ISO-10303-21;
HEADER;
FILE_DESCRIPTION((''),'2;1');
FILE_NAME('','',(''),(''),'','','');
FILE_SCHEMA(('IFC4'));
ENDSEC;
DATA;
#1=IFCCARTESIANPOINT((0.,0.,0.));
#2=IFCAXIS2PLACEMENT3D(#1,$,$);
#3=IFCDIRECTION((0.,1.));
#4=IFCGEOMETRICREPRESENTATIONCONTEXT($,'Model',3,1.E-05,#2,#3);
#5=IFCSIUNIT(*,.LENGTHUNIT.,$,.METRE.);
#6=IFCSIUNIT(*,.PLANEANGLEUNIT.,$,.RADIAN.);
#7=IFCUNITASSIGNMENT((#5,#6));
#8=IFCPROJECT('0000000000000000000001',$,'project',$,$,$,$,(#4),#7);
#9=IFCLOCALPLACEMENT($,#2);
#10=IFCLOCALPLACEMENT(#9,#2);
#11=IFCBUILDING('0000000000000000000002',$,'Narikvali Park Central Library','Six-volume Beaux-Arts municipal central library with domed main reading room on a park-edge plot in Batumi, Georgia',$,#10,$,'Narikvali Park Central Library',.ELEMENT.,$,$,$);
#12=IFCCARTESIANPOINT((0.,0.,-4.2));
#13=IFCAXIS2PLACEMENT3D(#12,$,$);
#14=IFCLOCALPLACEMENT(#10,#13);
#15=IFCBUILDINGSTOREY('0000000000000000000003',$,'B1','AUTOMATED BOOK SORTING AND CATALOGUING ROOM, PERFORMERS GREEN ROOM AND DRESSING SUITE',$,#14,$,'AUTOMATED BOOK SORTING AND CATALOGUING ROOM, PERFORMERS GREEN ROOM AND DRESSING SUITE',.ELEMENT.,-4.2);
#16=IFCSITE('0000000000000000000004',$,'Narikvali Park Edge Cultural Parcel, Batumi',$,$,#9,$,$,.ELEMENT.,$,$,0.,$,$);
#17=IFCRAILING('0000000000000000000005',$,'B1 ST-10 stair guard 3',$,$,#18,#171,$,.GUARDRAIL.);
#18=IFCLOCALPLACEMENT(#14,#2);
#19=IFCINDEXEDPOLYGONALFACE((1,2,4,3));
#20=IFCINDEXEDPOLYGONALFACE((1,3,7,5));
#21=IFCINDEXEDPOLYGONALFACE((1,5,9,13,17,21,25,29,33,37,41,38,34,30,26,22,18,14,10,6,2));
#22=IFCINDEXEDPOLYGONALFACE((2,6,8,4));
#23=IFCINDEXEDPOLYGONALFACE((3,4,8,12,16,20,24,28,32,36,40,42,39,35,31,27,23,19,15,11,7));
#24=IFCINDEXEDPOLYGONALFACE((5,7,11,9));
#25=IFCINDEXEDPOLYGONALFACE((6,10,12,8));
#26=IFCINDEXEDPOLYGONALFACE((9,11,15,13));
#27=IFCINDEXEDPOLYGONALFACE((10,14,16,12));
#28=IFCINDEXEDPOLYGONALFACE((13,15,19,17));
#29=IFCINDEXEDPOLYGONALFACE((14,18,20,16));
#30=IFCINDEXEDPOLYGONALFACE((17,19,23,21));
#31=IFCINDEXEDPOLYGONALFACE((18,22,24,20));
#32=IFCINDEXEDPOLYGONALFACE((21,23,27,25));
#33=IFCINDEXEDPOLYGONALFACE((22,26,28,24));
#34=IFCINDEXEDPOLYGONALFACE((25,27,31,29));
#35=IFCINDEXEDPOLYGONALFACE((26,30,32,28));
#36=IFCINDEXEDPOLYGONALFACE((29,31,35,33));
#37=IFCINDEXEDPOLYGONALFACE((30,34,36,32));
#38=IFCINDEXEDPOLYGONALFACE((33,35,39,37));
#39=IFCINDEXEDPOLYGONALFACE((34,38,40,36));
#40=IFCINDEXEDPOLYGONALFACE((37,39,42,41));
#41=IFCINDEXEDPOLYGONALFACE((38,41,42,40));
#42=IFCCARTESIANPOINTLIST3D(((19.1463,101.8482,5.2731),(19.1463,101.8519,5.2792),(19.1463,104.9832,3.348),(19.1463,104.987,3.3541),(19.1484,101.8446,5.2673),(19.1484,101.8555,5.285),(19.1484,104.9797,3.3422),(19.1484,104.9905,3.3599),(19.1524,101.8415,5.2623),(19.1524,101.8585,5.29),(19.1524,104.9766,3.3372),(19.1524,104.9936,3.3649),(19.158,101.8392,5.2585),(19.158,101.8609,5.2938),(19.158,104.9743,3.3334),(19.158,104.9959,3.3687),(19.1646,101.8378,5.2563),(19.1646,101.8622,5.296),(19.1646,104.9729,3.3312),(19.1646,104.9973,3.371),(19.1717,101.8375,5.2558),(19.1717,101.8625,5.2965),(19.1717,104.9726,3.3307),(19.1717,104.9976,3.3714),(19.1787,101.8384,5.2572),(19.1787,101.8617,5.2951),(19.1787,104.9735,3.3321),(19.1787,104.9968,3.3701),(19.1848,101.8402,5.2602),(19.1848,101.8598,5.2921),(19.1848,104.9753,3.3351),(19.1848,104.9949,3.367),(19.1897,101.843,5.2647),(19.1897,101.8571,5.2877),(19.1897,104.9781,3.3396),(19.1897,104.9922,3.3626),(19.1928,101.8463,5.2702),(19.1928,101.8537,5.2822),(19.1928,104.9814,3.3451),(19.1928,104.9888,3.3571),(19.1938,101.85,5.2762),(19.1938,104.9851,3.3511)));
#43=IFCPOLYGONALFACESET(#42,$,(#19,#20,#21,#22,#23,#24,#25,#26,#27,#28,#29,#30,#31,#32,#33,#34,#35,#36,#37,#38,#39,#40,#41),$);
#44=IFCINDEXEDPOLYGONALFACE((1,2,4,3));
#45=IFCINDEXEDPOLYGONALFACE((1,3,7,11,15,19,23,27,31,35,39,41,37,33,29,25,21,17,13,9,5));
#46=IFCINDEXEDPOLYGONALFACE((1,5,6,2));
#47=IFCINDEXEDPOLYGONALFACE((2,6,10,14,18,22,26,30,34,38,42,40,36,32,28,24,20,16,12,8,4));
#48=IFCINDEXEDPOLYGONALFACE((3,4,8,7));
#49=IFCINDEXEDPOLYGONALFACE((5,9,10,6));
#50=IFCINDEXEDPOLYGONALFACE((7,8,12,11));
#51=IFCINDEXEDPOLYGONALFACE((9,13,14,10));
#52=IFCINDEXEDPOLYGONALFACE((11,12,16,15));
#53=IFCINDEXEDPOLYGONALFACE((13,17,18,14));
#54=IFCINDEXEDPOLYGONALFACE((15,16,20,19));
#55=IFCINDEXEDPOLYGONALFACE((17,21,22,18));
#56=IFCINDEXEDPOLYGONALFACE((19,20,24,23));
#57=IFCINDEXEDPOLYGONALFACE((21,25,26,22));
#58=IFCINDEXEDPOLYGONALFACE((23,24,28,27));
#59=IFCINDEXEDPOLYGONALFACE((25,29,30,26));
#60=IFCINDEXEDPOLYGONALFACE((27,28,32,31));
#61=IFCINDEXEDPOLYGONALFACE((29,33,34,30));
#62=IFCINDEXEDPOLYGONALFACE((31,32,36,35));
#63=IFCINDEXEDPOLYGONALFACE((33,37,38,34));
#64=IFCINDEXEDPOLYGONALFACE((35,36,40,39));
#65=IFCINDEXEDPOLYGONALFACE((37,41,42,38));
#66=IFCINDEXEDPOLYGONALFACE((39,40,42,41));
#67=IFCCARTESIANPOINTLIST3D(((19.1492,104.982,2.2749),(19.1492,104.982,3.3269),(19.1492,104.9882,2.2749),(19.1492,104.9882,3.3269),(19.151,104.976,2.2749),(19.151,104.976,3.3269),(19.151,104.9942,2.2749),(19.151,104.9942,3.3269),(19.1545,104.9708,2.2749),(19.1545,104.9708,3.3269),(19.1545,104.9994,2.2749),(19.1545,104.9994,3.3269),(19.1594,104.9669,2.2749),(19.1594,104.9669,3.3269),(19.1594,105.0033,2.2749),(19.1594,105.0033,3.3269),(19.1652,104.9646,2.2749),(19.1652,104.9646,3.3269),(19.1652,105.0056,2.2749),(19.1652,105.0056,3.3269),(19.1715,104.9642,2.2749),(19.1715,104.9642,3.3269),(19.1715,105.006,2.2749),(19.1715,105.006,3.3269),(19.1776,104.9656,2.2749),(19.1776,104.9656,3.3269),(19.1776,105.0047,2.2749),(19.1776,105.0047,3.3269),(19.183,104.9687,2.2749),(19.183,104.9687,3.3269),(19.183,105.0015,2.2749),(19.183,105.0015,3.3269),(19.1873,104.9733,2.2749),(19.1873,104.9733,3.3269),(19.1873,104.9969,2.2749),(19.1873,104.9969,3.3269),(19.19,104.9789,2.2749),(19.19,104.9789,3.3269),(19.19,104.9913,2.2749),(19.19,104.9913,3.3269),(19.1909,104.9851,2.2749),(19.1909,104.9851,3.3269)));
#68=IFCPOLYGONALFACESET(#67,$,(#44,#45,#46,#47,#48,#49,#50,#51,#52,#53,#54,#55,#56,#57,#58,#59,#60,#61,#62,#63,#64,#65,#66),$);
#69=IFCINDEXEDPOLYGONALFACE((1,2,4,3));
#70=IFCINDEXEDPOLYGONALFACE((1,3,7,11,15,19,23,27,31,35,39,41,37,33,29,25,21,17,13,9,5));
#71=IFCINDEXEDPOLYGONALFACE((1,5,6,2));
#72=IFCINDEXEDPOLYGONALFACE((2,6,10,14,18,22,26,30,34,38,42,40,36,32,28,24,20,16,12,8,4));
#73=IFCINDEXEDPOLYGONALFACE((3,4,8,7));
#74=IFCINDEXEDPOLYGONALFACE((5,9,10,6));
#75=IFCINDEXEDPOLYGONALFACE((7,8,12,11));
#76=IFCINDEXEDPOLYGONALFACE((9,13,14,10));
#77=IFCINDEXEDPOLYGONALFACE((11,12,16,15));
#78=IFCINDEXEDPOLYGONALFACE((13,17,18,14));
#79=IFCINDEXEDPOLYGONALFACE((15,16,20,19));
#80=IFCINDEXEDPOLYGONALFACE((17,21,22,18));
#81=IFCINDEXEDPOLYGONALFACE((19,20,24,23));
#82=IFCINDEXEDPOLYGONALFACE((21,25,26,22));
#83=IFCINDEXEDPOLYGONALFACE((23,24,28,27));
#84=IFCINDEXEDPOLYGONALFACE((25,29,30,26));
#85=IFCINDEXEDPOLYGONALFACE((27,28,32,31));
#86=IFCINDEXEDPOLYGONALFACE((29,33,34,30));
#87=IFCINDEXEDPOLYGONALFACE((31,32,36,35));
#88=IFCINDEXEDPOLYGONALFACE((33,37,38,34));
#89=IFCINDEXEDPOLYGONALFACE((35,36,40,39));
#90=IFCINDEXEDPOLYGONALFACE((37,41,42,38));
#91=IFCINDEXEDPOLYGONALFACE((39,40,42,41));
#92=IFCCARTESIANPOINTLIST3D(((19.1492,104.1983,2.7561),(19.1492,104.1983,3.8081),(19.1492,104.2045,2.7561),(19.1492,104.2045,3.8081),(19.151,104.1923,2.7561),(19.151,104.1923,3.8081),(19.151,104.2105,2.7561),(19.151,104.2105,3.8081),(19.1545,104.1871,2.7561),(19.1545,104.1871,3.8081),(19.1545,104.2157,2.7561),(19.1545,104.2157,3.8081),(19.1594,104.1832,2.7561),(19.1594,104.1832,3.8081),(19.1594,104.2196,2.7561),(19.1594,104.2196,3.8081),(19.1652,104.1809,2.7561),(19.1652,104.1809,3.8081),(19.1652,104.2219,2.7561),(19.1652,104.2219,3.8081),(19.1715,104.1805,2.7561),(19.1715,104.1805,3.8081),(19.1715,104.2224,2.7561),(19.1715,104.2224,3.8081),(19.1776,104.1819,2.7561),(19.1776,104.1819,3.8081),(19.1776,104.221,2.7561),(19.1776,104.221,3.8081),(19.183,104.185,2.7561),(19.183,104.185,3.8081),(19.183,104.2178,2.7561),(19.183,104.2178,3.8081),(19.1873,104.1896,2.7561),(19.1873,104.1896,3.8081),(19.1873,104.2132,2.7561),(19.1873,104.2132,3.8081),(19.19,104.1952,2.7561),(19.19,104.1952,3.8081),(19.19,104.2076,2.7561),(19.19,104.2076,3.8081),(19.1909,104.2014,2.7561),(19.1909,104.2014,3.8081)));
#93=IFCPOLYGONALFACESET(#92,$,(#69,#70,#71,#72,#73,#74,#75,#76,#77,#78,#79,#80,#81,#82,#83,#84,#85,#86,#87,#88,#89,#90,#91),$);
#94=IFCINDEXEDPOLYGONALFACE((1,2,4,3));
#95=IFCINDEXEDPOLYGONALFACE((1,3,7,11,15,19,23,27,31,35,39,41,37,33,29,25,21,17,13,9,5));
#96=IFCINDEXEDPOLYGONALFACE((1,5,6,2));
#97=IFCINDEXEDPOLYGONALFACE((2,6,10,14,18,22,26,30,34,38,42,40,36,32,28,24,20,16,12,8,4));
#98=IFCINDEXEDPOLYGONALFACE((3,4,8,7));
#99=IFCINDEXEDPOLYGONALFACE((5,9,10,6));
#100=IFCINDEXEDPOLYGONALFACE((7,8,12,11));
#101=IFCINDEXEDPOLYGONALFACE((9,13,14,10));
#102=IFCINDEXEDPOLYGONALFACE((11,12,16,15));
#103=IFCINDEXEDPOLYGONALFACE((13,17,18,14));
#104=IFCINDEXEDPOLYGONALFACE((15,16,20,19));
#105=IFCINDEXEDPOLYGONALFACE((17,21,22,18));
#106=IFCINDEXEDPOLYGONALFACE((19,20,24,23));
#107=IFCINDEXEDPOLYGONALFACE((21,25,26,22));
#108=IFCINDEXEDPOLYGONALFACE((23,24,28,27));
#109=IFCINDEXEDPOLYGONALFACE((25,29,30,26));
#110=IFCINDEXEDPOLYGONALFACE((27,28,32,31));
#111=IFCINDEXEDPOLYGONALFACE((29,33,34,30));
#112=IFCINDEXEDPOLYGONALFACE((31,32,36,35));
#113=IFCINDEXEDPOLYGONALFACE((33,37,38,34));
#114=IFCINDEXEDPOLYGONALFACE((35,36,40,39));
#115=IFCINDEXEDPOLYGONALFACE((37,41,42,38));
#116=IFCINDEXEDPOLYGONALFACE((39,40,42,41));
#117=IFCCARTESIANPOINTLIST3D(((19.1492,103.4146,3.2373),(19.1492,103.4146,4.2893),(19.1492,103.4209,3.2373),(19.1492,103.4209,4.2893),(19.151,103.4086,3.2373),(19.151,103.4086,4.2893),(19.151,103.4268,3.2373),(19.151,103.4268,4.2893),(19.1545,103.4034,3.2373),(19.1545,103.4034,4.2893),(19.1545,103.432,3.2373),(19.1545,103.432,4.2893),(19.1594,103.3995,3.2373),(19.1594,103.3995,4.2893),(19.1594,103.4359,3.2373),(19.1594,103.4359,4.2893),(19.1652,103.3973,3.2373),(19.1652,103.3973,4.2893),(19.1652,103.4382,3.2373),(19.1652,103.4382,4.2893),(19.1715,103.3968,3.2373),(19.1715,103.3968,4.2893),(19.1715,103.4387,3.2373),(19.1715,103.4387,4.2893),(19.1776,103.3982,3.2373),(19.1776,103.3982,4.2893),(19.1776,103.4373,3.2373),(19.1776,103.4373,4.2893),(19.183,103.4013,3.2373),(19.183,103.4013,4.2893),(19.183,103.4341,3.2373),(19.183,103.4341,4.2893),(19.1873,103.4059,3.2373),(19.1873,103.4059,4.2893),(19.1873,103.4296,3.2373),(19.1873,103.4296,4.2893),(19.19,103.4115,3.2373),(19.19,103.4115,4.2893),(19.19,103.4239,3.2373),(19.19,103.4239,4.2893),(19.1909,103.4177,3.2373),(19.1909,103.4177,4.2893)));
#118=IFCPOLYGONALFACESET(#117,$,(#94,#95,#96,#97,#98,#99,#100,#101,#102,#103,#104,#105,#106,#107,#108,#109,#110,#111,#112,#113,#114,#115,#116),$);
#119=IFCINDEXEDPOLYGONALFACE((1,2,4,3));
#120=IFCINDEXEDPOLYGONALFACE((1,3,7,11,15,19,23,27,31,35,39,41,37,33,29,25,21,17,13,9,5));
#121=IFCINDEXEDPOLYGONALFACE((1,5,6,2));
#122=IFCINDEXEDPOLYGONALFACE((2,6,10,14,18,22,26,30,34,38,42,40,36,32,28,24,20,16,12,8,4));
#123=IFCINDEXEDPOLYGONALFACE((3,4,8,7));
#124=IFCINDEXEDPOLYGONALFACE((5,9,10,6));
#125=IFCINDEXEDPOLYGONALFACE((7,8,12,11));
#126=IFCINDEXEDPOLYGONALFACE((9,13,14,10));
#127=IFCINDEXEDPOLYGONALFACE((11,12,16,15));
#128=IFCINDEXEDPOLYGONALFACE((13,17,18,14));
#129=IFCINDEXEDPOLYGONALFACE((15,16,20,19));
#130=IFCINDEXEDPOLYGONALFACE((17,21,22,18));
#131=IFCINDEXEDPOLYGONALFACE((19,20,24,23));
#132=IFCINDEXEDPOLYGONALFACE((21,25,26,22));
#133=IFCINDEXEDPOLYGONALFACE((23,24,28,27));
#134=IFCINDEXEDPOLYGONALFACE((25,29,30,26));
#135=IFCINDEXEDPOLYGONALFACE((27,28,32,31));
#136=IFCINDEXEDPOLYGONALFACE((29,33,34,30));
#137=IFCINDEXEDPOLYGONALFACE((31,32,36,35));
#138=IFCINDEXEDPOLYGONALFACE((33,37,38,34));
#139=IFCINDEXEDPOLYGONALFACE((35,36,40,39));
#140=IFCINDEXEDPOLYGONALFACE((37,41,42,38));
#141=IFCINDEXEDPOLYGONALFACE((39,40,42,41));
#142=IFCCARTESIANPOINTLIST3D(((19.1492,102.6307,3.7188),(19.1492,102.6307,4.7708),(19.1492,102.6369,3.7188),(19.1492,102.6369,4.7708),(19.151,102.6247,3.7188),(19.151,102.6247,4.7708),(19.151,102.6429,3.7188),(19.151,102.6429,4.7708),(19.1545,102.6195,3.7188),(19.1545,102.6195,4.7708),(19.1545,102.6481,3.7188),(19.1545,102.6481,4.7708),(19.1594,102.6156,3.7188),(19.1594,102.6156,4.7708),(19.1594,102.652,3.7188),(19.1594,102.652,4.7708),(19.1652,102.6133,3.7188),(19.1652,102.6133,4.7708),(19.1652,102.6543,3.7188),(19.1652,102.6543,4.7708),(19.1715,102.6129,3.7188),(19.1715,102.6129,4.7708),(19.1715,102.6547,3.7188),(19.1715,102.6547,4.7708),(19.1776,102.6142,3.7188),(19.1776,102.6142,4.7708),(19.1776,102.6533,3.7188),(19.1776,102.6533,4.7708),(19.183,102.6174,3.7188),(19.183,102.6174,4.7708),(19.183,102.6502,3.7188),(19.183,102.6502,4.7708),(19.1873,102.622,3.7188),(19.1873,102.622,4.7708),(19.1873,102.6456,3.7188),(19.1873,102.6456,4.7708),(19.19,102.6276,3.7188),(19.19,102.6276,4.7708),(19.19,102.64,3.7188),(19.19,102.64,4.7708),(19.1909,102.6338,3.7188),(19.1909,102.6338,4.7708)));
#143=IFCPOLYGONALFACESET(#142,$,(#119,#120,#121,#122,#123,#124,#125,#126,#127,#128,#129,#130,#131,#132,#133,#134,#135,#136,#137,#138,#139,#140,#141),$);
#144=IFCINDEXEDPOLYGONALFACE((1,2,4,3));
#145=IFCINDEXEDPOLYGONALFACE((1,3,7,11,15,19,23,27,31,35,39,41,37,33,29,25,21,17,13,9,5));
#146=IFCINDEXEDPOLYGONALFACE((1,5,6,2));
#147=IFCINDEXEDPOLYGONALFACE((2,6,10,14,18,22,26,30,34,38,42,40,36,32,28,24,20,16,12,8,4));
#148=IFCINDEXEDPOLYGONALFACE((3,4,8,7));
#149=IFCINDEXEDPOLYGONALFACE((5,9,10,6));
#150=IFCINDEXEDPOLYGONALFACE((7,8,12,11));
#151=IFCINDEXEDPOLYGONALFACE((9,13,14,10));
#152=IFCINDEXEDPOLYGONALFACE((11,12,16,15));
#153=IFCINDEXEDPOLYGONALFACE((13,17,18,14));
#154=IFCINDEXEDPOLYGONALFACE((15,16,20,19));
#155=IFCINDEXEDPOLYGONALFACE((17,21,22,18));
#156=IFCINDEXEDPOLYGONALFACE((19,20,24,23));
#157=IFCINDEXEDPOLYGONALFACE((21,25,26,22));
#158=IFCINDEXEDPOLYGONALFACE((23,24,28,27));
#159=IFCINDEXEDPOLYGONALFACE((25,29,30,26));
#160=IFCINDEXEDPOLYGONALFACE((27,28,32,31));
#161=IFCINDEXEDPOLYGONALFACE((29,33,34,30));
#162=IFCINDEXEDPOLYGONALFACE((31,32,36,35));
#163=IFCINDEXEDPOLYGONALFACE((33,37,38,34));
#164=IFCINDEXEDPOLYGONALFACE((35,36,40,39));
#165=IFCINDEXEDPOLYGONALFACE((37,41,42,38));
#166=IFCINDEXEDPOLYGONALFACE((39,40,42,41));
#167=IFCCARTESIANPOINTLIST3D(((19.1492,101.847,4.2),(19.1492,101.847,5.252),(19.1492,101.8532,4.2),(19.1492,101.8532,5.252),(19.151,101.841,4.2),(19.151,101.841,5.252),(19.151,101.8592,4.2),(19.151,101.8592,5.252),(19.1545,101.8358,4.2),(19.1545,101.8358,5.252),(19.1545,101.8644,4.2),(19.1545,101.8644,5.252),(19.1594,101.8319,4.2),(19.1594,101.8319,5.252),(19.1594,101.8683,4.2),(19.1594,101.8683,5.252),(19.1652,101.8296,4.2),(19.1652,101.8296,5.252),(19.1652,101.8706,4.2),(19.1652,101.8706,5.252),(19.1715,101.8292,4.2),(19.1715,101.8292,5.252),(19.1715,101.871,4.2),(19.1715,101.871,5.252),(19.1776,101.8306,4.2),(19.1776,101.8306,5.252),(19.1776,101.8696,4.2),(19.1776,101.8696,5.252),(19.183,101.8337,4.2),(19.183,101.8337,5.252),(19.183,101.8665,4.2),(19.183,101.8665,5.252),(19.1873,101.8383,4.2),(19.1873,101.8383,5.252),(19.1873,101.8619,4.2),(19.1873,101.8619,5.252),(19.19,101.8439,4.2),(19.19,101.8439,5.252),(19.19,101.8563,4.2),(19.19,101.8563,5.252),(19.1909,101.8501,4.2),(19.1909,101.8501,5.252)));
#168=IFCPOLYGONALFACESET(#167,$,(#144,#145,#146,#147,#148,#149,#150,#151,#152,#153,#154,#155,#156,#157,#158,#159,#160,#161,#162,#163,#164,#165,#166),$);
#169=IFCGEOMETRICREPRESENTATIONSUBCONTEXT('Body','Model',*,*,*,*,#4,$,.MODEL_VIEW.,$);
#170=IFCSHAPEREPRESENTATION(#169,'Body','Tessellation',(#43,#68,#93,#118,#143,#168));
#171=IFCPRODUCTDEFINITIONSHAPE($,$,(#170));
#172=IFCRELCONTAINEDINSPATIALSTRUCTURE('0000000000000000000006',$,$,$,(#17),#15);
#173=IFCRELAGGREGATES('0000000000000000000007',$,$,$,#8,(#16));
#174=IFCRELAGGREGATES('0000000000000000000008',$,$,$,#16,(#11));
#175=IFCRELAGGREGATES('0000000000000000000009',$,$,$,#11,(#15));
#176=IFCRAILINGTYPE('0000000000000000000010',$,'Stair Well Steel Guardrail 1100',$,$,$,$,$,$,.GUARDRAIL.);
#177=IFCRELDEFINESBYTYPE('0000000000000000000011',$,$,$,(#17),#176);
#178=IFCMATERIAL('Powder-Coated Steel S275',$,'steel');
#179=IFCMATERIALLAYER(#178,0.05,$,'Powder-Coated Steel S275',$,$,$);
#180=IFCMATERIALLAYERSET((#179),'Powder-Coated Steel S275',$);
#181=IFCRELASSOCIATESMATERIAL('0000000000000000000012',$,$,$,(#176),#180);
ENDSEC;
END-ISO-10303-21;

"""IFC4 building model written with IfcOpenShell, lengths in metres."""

from ifc_helpers import new_model, si_unit, direction, frame, origin, origin_2d, place, context, subcontext, project, spatial, circle, extrude, material, layer, layer_set, type_object, element, save


model = new_model("IFC4")

# Units and contexts
model_context = context("Model", 3, precision=1e-05, world=origin(), true_north=direction((0.0, 1.0)))
body_context = subcontext(model_context, "Body", "Model", "MODEL_VIEW")
ifc_project = project(units=[si_unit("LENGTHUNIT", "METRE"), si_unit("PLANEANGLEUNIT", "RADIAN")], contexts=[model_context])

# Site, building, storey
site_placement = place(None, origin())
site = spatial("IfcSite", under=ifc_project, at=site_placement, Name="Narikvali Park Edge Cultural Parcel, Batumi", CompositionType="ELEMENT", RefElevation=0.0)
building_placement = place(site_placement, origin())
building = spatial("IfcBuilding", under=site, at=building_placement, Name="Narikvali Park Central Library", Description="Six-volume Beaux-Arts municipal central library with domed main reading room on a park-edge plot in Batumi, Georgia", LongName="Narikvali Park Central Library", CompositionType="ELEMENT")
storey_placement = place(building_placement, frame((0.0, 0.0, -4.2)))
storey = spatial("IfcBuildingStorey", under=building, at=storey_placement, Name="B1", Description="AUTOMATED BOOK SORTING AND CATALOGUING ROOM, PERFORMERS GREEN ROOM AND DRESSING SUITE", LongName="AUTOMATED BOOK SORTING AND CATALOGUING ROOM, PERFORMERS GREEN ROOM AND DRESSING SUITE", CompositionType="ELEMENT", Elevation=-4.2)

# Railing
ifc_material_1 = material(Name="Powder-Coated Steel S275", Category="steel")
ifc_layer_1 = layer(ifc_material_1, 0.05, Name="Powder-Coated Steel S275")
ifc_layer_set_1 = layer_set([ifc_layer_1], Name="Powder-Coated Steel S275")
railing_type_1 = type_object("IfcRailingType", Name="Stair Well Steel Guardrail 1100", PredefinedType="GUARDRAIL", material=ifc_layer_set_1)
railing_1_placement = place(storey_placement, frame((19.1699, 104.9851, 2.2749)))
element("IfcRailing", 1, at=railing_1_placement, inside=storey, type_object=railing_type_1, Name="B1 ST-10 stair guard 3", PredefinedType="GUARDRAIL", context=body_context, shape_type="SweptSolid", body=[
    extrude(circle(Radius=0.0239, at=origin_2d()), frame((0.0, 0.0, 1.0762), z_axis=(0.0, -0.852166, 0.523271), x_axis=(1.0, 0.0, 0.0)), (0.0, 0.0, 1.0), 3.679),
    extrude(circle(Radius=0.021, at=origin_2d()), origin(), (0.0, 0.0, 1.0), 1.052),
    extrude(circle(Radius=0.021, at=origin_2d()), frame((0.0, -0.7837, 0.4812)), (0.0, 0.0, 1.0), 1.052),
    extrude(circle(Radius=0.021, at=origin_2d()), frame((0.0, -1.5674, 0.9624)), (0.0, 0.0, 1.0), 1.052),
    extrude(circle(Radius=0.021, at=origin_2d()), frame((0.0, -2.3513, 1.4438)), (0.0, 0.0, 1.0), 1.052),
    extrude(circle(Radius=0.021, at=origin_2d()), frame((0.0, -3.135, 1.925)), (0.0, 0.0, 1.0), 1.052),
])

save(model, "model.ifc")
